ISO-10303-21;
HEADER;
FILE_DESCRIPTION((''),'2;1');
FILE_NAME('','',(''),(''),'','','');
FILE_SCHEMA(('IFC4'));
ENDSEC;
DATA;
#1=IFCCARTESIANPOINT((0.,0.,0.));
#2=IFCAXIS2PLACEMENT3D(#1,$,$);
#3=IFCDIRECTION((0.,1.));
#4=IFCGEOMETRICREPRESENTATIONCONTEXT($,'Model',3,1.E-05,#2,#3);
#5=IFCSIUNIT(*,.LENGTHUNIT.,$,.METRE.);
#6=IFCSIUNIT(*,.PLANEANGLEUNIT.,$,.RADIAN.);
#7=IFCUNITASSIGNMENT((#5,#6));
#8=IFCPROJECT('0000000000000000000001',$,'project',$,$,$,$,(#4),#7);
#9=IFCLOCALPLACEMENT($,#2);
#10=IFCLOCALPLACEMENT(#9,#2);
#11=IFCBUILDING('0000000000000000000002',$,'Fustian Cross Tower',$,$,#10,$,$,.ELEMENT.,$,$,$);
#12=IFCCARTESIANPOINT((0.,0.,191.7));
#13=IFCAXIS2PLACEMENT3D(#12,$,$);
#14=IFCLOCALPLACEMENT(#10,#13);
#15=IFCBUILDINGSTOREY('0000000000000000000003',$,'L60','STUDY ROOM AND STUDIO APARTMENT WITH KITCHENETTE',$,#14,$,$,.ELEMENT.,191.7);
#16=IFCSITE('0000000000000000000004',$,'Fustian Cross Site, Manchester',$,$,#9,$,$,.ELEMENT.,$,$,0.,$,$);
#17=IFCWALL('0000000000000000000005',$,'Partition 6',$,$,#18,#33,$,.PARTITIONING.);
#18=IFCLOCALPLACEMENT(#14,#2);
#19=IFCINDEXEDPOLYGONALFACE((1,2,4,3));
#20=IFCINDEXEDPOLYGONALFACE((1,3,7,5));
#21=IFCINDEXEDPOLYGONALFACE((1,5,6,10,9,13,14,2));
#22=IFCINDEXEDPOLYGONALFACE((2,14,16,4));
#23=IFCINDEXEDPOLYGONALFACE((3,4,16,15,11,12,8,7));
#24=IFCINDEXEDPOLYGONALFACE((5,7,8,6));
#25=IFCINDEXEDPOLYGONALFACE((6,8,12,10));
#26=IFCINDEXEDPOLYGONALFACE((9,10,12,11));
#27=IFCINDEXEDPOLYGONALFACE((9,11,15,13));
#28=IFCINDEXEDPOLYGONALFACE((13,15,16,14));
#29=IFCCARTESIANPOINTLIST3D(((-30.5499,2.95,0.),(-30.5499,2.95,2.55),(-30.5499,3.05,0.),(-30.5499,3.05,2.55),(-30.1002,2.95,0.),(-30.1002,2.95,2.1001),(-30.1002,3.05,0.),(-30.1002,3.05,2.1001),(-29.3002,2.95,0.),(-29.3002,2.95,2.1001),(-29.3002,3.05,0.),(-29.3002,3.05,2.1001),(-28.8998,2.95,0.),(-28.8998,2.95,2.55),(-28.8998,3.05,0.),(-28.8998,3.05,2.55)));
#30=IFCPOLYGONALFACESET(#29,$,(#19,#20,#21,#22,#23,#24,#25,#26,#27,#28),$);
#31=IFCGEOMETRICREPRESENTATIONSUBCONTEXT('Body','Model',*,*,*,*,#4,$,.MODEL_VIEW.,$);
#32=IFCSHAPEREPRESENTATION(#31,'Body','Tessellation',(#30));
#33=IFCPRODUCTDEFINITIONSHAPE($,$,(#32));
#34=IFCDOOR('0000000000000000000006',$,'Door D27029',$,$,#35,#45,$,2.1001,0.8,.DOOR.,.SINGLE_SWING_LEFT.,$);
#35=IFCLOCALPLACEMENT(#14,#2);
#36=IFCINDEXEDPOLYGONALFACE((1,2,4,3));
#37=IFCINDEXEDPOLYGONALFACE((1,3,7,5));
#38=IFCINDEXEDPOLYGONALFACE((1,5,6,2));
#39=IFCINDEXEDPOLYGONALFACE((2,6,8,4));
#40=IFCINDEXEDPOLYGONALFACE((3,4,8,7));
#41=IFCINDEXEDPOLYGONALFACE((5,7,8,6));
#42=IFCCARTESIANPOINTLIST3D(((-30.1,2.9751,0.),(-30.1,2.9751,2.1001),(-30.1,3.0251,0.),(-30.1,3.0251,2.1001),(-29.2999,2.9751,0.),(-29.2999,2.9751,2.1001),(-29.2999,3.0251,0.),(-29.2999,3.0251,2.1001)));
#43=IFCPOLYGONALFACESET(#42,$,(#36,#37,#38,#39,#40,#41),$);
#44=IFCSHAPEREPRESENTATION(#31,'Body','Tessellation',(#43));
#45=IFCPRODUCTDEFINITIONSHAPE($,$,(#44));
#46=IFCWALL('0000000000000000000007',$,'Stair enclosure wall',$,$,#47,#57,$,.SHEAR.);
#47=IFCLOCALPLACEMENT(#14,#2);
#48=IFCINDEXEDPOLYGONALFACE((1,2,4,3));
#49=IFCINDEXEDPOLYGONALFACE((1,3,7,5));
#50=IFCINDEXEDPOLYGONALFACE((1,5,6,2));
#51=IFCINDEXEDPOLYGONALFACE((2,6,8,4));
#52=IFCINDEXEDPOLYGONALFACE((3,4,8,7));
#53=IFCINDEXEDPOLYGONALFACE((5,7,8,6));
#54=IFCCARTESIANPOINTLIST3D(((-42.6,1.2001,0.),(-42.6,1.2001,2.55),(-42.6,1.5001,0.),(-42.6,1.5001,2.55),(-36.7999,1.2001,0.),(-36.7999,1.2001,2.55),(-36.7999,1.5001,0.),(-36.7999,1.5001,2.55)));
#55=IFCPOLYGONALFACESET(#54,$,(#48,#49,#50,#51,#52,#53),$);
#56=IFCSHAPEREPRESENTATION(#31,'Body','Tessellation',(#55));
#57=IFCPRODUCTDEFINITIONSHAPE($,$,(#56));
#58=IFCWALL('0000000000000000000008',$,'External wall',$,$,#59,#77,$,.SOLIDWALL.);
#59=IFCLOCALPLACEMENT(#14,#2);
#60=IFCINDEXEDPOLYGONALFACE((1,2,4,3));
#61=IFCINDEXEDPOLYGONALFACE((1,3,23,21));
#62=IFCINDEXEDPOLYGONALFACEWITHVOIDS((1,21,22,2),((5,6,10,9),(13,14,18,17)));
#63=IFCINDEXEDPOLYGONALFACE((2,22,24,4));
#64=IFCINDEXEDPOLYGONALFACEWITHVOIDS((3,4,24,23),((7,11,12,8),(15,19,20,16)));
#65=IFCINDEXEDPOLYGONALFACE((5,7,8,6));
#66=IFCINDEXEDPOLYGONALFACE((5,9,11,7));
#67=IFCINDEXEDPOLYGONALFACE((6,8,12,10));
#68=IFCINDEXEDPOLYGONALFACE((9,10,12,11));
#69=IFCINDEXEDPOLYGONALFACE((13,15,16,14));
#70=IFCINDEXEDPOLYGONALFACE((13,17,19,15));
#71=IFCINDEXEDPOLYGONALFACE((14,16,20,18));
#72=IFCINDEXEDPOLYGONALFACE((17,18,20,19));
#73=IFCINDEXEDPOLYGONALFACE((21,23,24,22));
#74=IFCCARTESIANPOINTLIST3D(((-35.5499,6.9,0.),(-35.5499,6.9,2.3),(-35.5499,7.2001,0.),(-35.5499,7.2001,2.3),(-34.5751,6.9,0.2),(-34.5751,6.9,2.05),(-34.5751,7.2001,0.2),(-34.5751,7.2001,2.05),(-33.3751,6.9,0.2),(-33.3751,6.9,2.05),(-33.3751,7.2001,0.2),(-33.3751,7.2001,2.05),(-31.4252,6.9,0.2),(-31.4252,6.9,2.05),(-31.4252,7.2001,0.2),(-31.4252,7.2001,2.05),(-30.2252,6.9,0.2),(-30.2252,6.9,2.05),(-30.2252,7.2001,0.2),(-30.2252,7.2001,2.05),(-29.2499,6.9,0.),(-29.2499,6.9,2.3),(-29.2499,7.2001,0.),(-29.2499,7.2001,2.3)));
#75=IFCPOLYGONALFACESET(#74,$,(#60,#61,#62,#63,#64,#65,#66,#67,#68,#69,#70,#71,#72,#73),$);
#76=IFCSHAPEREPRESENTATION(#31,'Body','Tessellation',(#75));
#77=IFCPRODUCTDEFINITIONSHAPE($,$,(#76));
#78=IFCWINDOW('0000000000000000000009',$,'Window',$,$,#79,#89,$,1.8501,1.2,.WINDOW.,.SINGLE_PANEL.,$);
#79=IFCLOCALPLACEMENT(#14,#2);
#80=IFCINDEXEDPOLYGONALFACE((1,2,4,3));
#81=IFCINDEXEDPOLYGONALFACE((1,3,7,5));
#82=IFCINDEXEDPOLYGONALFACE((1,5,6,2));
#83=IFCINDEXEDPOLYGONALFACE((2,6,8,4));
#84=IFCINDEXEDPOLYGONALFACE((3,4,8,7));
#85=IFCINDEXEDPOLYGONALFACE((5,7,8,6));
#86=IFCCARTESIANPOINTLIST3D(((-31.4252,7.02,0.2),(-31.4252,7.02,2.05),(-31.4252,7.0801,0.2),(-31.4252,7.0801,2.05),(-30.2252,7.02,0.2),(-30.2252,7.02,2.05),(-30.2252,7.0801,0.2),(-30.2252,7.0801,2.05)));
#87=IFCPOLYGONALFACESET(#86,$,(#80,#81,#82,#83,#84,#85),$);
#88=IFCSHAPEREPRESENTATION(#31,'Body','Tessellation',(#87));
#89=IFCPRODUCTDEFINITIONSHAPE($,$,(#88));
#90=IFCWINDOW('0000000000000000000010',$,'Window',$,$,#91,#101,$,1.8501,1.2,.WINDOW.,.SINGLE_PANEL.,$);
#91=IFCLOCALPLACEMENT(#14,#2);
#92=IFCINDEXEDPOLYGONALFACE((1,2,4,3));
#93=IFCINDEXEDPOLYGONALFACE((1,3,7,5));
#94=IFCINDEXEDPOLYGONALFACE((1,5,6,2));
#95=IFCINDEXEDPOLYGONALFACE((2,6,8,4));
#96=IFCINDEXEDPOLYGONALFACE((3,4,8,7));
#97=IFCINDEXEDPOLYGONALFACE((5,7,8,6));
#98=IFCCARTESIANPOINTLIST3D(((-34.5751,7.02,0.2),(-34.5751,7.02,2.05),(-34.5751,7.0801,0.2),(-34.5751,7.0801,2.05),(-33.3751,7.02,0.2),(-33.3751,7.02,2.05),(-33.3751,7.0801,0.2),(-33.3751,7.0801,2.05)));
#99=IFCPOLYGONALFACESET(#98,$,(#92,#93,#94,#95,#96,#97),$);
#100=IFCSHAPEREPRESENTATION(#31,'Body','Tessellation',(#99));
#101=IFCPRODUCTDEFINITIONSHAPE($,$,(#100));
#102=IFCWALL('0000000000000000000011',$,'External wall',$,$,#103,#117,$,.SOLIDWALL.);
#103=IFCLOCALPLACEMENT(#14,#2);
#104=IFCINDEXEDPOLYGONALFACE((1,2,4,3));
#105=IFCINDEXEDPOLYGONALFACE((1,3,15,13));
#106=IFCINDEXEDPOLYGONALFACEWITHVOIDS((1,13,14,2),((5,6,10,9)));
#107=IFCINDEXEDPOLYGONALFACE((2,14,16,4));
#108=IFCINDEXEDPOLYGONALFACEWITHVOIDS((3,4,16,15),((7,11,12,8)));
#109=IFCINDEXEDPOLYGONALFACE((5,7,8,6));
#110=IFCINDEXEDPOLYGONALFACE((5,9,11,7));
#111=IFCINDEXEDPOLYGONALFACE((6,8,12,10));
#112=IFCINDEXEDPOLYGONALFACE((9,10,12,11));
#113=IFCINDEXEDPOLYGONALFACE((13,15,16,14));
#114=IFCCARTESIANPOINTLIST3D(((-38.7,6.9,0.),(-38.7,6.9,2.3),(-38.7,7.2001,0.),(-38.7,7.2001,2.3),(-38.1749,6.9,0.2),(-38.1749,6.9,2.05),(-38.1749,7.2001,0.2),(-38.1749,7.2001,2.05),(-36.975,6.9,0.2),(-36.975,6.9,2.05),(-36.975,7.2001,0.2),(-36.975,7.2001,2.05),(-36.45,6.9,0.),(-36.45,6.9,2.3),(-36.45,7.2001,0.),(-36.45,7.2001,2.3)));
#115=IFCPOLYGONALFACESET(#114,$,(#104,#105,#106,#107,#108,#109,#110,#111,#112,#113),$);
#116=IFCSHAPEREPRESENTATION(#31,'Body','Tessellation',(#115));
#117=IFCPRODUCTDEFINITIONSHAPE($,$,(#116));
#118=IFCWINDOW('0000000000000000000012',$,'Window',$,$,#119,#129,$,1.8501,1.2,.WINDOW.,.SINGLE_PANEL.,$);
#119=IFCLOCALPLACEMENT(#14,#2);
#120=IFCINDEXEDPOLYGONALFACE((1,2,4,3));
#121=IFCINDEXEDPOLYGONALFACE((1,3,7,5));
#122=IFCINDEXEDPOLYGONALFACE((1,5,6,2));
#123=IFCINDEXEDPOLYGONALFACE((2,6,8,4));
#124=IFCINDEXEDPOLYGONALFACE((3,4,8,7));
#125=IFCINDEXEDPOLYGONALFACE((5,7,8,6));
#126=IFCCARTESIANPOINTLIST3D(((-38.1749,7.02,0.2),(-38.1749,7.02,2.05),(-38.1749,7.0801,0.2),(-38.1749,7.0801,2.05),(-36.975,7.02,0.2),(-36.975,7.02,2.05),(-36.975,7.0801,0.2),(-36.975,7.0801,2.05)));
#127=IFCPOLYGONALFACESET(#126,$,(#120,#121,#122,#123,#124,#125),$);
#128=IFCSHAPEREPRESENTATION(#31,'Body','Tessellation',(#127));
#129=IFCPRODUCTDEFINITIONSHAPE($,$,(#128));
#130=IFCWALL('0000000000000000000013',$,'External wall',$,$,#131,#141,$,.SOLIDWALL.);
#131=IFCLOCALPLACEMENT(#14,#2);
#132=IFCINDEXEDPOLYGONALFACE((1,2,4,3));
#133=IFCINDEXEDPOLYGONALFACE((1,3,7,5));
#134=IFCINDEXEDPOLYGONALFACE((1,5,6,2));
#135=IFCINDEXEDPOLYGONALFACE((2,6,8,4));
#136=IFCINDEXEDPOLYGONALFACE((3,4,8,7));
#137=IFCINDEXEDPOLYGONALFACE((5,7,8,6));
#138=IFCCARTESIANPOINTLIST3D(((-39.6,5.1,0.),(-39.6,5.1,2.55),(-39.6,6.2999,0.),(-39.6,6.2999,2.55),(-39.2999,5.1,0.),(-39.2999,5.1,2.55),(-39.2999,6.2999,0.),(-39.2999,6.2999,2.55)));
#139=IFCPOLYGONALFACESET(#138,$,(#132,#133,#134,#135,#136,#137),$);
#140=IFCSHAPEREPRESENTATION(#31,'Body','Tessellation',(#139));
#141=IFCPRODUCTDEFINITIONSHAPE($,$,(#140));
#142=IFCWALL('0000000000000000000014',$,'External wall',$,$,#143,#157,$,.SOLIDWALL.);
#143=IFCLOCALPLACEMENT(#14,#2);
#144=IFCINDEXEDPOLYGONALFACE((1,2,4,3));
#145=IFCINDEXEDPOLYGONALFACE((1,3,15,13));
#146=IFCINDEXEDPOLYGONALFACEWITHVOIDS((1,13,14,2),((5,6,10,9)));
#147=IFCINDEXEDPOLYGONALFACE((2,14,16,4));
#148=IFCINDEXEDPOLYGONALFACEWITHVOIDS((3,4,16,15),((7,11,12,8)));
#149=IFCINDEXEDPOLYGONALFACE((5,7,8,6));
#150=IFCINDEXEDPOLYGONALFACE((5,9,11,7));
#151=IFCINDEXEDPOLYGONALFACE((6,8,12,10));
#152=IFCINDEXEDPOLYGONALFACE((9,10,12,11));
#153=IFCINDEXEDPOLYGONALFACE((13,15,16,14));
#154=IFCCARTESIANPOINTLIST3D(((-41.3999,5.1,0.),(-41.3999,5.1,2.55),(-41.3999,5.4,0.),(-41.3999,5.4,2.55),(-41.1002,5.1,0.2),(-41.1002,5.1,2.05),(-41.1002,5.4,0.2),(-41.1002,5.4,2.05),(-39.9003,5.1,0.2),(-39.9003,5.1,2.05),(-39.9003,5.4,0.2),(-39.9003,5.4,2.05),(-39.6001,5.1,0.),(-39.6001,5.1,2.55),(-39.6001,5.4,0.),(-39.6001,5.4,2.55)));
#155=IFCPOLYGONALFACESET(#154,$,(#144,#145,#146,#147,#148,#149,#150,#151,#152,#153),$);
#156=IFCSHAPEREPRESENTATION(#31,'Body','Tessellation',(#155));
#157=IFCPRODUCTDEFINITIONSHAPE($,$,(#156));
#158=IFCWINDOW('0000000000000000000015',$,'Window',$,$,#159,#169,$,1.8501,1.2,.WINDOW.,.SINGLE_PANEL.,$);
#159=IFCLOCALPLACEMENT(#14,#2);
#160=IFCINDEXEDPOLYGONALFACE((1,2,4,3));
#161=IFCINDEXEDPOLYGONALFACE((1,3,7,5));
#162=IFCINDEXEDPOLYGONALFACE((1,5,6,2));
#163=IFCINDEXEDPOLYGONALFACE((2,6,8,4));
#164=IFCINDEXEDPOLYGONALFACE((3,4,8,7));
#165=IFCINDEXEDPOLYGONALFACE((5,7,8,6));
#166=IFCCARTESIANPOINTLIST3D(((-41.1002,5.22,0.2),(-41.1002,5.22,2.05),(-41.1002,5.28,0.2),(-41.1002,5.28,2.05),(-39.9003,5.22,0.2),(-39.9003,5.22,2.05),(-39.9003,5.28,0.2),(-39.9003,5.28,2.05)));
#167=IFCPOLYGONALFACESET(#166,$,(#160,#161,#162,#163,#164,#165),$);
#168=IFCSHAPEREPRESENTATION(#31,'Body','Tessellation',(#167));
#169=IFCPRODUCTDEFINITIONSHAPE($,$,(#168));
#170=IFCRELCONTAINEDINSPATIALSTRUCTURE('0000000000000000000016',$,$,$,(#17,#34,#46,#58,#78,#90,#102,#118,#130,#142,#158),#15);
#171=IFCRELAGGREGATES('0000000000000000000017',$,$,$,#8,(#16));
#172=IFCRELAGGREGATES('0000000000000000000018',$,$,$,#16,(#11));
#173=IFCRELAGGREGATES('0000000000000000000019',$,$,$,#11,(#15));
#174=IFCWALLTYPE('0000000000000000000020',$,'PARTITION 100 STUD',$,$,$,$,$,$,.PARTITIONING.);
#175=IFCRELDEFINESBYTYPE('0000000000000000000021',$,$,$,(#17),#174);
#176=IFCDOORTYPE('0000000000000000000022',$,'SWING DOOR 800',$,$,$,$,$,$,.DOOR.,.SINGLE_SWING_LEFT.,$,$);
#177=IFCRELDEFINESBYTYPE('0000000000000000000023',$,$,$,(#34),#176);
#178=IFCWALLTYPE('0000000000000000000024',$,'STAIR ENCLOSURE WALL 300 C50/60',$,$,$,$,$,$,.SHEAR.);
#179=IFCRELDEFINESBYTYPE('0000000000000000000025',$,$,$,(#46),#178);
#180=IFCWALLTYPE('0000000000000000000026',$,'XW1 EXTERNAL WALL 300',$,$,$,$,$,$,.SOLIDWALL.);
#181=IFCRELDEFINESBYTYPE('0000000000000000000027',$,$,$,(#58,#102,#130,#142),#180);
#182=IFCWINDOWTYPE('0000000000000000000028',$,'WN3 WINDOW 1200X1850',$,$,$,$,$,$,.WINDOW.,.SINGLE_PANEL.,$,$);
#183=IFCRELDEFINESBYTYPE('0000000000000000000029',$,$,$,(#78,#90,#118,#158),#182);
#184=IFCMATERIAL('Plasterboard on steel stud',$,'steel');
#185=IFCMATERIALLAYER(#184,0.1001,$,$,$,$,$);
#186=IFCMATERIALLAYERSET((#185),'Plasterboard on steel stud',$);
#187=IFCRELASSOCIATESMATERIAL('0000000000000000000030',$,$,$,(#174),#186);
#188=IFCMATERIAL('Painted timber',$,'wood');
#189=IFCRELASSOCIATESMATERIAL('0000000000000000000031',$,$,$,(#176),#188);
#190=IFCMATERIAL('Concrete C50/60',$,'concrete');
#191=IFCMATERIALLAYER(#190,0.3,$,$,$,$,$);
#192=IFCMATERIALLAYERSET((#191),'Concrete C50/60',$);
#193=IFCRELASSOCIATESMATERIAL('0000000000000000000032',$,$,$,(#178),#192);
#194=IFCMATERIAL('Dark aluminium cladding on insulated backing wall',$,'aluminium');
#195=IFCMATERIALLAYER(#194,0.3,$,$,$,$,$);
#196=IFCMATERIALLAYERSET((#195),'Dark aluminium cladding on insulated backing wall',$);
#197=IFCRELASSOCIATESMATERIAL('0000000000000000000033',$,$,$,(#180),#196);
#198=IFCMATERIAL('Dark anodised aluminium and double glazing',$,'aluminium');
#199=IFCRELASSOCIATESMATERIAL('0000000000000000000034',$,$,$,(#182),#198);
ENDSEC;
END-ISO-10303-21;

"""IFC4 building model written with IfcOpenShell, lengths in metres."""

from ifc_helpers import new_model, si_unit, direction, frame, frame_2d, origin, place, context, subcontext, project, spatial, rectangle, extrude, material, layer, layer_set, type_object, element, fill, save


model = new_model("IFC4")

# Units and contexts
model_context = context("Model", 3, precision=1e-05, world=origin(), true_north=direction((0.0, 1.0)))
body_context = subcontext(model_context, "Body", "Model", "MODEL_VIEW")
ifc_project = project(units=[si_unit("LENGTHUNIT", "METRE"), si_unit("PLANEANGLEUNIT", "RADIAN")], contexts=[model_context])

# Site, building, storey
site_placement = place(None, origin())
site = spatial("IfcSite", under=ifc_project, at=site_placement, Name="Fustian Cross Site, Manchester", CompositionType="ELEMENT", RefElevation=0.0)
building_placement = place(site_placement, origin())
building = spatial("IfcBuilding", under=site, at=building_placement, Name="Fustian Cross Tower", CompositionType="ELEMENT")
storey_placement = place(building_placement, frame((0.0, 0.0, 191.7)))
storey = spatial("IfcBuildingStorey", under=building, at=storey_placement, Name="L60", Description="STUDY ROOM AND STUDIO APARTMENT WITH KITCHENETTE", CompositionType="ELEMENT", Elevation=191.7)

# Shared definitions
ifc_material_1 = material(Name="Plasterboard on steel stud", Category="steel")
ifc_layer_1 = layer(ifc_material_1, 0.1001)
ifc_layer_set_1 = layer_set([ifc_layer_1], Name="Plasterboard on steel stud")
wall_type_1 = type_object("IfcWallType", Name="PARTITION 100 STUD", PredefinedType="PARTITIONING", material=ifc_layer_set_1)

# Wall, opening, door
wall_1_placement = place(storey_placement, frame((-30.55, 3.0, 0.0), z_axis=(0.0, 0.0, 1.0), x_axis=(1.0, 0.0, 0.0)))
wall_1 = element("IfcWall", 1, at=wall_1_placement, inside=storey, type_object=wall_type_1, Name="Partition 6", PredefinedType="PARTITIONING", context=body_context, shape_type="SweptSolid", body=[
    extrude(rectangle(XDim=1.6501, YDim=0.1001, at=frame_2d((0.8252, 0.0))), origin(), (0.0, 0.0, 1.0), 2.55),
])
opening_1_placement = place(wall_1_placement, frame((0.45, 0.0, 0.0)))
opening_1 = element("IfcOpeningElement", 2, at=opening_1_placement, cuts=wall_1, PredefinedType="OPENING", context=body_context, shape_type="SweptSolid", body=[
    extrude(rectangle(XDim=0.8, YDim=2.1001, at=frame_2d((0.3999, 1.05))), frame((0.0, 0.0601, 0.0), z_axis=(0.0, -1.0, 0.0), x_axis=(1.0, 0.0, 0.0)), (0.0, 0.0, 1.0), 0.1201),
])
ifc_material_2 = material(Name="Painted timber", Category="wood")
door_type_1 = type_object("IfcDoorType", Name="SWING DOOR 800", OperationType="SINGLE_SWING_LEFT", PredefinedType="DOOR", material=ifc_material_2)
door_1_placement = place(opening_1_placement, frame((0.8, 0.0, 0.0), z_axis=(0.0, 0.0, 1.0), x_axis=(-1.0, 0.0, 0.0)))
door_1 = element("IfcDoor", 3, at=door_1_placement, inside=storey, type_object=door_type_1, Name="Door D27029", OperationType="SINGLE_SWING_LEFT", OverallHeight=2.1001, OverallWidth=0.8, PredefinedType="DOOR", context=body_context, shape_type="SweptSolid", body=[
    extrude(rectangle(XDim=0.8, YDim=2.1001, at=frame_2d((0.3999, 1.05))), frame((0.0, 0.0249, 0.0), z_axis=(0.0, -1.0, 0.0), x_axis=(1.0, 0.0, 0.0)), (0.0, 0.0, 1.0), 0.05),
])
fill(opening_1, door_1)

# Wall
ifc_material_3 = material(Name="Concrete C50/60", Category="concrete")
ifc_layer_2 = layer(ifc_material_3, 0.3)
ifc_layer_set_2 = layer_set([ifc_layer_2], Name="Concrete C50/60")
wall_type_2 = type_object("IfcWallType", Name="STAIR ENCLOSURE WALL 300 C50/60", PredefinedType="SHEAR", material=ifc_layer_set_2)
wall_2_placement = place(storey_placement, frame((-36.8, 1.3501, 0.0), z_axis=(0.0, 0.0, 1.0), x_axis=(-1.0, 0.0, 0.0)))
element("IfcWall", 4, at=wall_2_placement, inside=storey, type_object=wall_type_2, Name="Stair enclosure wall", PredefinedType="SHEAR", context=body_context, shape_type="SweptSolid", body=[
    extrude(rectangle(XDim=5.8, YDim=0.3, at=frame_2d((2.8999, 0.0))), origin(), (0.0, 0.0, 1.0), 2.55),
])

# Wall, openings, windows
ifc_material_4 = material(Name="Dark aluminium cladding on insulated backing wall", Category="aluminium")
ifc_layer_3 = layer(ifc_material_4, 0.3)
ifc_layer_set_3 = layer_set([ifc_layer_3], Name="Dark aluminium cladding on insulated backing wall")
wall_type_3 = type_object("IfcWallType", Name="XW1 EXTERNAL WALL 300", PredefinedType="SOLIDWALL", material=ifc_layer_set_3)
wall_3_placement = place(storey_placement, frame((-29.25, 7.05, 0.0), z_axis=(0.0, 0.0, 1.0), x_axis=(-1.0, 0.0, 0.0)))
wall_3 = element("IfcWall", 5, at=wall_3_placement, inside=storey, type_object=wall_type_3, Name="External wall", PredefinedType="SOLIDWALL", context=body_context, shape_type="SweptSolid", body=[
    extrude(rectangle(XDim=6.3, YDim=0.3, at=frame_2d((3.1499, 0.0))), origin(), (0.0, 0.0, 1.0), 2.3),
])
opening_2_placement = place(wall_3_placement, frame((0.9751, 0.0, 0.2)))
opening_2 = element("IfcOpeningElement", 6, at=opening_2_placement, cuts=wall_3, PredefinedType="OPENING", context=body_context, shape_type="SweptSolid", body=[
    extrude(rectangle(XDim=1.2, YDim=1.8501, at=frame_2d((0.6001, 0.925))), frame((0.0, 0.1599, 0.0), z_axis=(0.0, -1.0, 0.0), x_axis=(1.0, 0.0, 0.0)), (0.0, 0.0, 1.0), 0.3201),
])
opening_3_placement = place(wall_3_placement, frame((4.125, 0.0, 0.2)))
opening_3 = element("IfcOpeningElement", 7, at=opening_3_placement, cuts=wall_3, PredefinedType="OPENING", context=body_context, shape_type="SweptSolid", body=[
    extrude(rectangle(XDim=1.2, YDim=1.8501, at=frame_2d((0.6001, 0.925))), frame((0.0, 0.1599, 0.0), z_axis=(0.0, -1.0, 0.0), x_axis=(1.0, 0.0, 0.0)), (0.0, 0.0, 1.0), 0.3201),
])
ifc_material_5 = material(Name="Dark anodised aluminium and double glazing", Category="aluminium")
window_type_1 = type_object("IfcWindowType", Name="WN3 WINDOW 1200X1850", PartitioningType="SINGLE_PANEL", PredefinedType="WINDOW", material=ifc_material_5)
window_1_placement = place(opening_2_placement, origin())
window_1 = element("IfcWindow", 8, at=window_1_placement, inside=storey, type_object=window_type_1, Name="Window", OverallHeight=1.8501, OverallWidth=1.2, PartitioningType="SINGLE_PANEL", PredefinedType="WINDOW", context=body_context, shape_type="SweptSolid", body=[
    extrude(rectangle(XDim=1.2, YDim=1.8501, at=frame_2d((0.6001, 0.925))), frame((0.0, 0.03, 0.0), z_axis=(0.0, -1.0, 0.0), x_axis=(1.0, 0.0, 0.0)), (0.0, 0.0, 1.0), 0.0601),
])
fill(opening_2, window_1)
window_2_placement = place(opening_3_placement, origin())
window_2 = element("IfcWindow", 9, at=window_2_placement, inside=storey, type_object=window_type_1, Name="Window", OverallHeight=1.8501, OverallWidth=1.2, PartitioningType="SINGLE_PANEL", PredefinedType="WINDOW", context=body_context, shape_type="SweptSolid", body=[
    extrude(rectangle(XDim=1.2, YDim=1.8501, at=frame_2d((0.6001, 0.925))), frame((0.0, 0.03, 0.0), z_axis=(0.0, -1.0, 0.0), x_axis=(1.0, 0.0, 0.0)), (0.0, 0.0, 1.0), 0.0601),
])
fill(opening_3, window_2)

# Wall, opening, window
wall_4_placement = place(storey_placement, frame((-36.45, 7.05, 0.0), z_axis=(0.0, 0.0, 1.0), x_axis=(-1.0, 0.0, 0.0)))
wall_4 = element("IfcWall", 10, at=wall_4_placement, inside=storey, type_object=wall_type_3, Name="External wall", PredefinedType="SOLIDWALL", context=body_context, shape_type="SweptSolid", body=[
    extrude(rectangle(XDim=2.25, YDim=0.3, at=frame_2d((1.125, 0.0))), origin(), (0.0, 0.0, 1.0), 2.3),
])
opening_4_placement = place(wall_4_placement, frame((0.5249, 0.0, 0.2)))
opening_4 = element("IfcOpeningElement", 11, at=opening_4_placement, cuts=wall_4, PredefinedType="OPENING", context=body_context, shape_type="SweptSolid", body=[
    extrude(rectangle(XDim=1.2, YDim=1.8501, at=frame_2d((0.6001, 0.925))), frame((0.0, 0.1599, 0.0), z_axis=(0.0, -1.0, 0.0), x_axis=(1.0, 0.0, 0.0)), (0.0, 0.0, 1.0), 0.3201),
])
window_3_placement = place(opening_4_placement, origin())
window_3 = element("IfcWindow", 12, at=window_3_placement, inside=storey, type_object=window_type_1, Name="Window", OverallHeight=1.8501, OverallWidth=1.2, PartitioningType="SINGLE_PANEL", PredefinedType="WINDOW", context=body_context, shape_type="SweptSolid", body=[
    extrude(rectangle(XDim=1.2, YDim=1.8501, at=frame_2d((0.6001, 0.925))), frame((0.0, 0.03, 0.0), z_axis=(0.0, -1.0, 0.0), x_axis=(1.0, 0.0, 0.0)), (0.0, 0.0, 1.0), 0.0601),
])
fill(opening_4, window_3)

# Wall
wall_5_placement = place(storey_placement, frame((-39.45, 6.3, 0.0), z_axis=(0.0, 0.0, 1.0), x_axis=(0.0, -1.0, 0.0)))
element("IfcWall", 13, at=wall_5_placement, inside=storey, type_object=wall_type_3, Name="External wall", PredefinedType="SOLIDWALL", context=body_context, shape_type="SweptSolid", body=[
    extrude(rectangle(XDim=1.2, YDim=0.3, at=frame_2d((0.6001, 0.0))), origin(), (0.0, 0.0, 1.0), 2.55),
])

# Wall, opening, window
wall_6_placement = place(storey_placement, frame((-39.6001, 5.25, 0.0), z_axis=(0.0, 0.0, 1.0), x_axis=(-1.0, 0.0, 0.0)))
wall_6 = element("IfcWall", 14, at=wall_6_placement, inside=storey, type_object=wall_type_3, Name="External wall", PredefinedType="SOLIDWALL", context=body_context, shape_type="SweptSolid", body=[
    extrude(rectangle(XDim=1.7998, YDim=0.3, at=frame_2d((0.8999, 0.0))), origin(), (0.0, 0.0, 1.0), 2.55),
])
opening_5_placement = place(wall_6_placement, frame((0.3, 0.0, 0.2)))
opening_5 = element("IfcOpeningElement", 15, at=opening_5_placement, cuts=wall_6, PredefinedType="OPENING", context=body_context, shape_type="SweptSolid", body=[
    extrude(rectangle(XDim=1.2, YDim=1.8501, at=frame_2d((0.6001, 0.925))), frame((0.0, 0.1599, 0.0), z_axis=(0.0, -1.0, 0.0), x_axis=(1.0, 0.0, 0.0)), (0.0, 0.0, 1.0), 0.3201),
])
window_4_placement = place(opening_5_placement, origin())
window_4 = element("IfcWindow", 16, at=window_4_placement, inside=storey, type_object=window_type_1, Name="Window", OverallHeight=1.8501, OverallWidth=1.2, PartitioningType="SINGLE_PANEL", PredefinedType="WINDOW", context=body_context, shape_type="SweptSolid", body=[
    extrude(rectangle(XDim=1.2, YDim=1.8501, at=frame_2d((0.6001, 0.925))), frame((0.0, 0.03, 0.0), z_axis=(0.0, -1.0, 0.0), x_axis=(1.0, 0.0, 0.0)), (0.0, 0.0, 1.0), 0.0601),
])
fill(opening_5, window_4)

save(model, "model.ifc")
